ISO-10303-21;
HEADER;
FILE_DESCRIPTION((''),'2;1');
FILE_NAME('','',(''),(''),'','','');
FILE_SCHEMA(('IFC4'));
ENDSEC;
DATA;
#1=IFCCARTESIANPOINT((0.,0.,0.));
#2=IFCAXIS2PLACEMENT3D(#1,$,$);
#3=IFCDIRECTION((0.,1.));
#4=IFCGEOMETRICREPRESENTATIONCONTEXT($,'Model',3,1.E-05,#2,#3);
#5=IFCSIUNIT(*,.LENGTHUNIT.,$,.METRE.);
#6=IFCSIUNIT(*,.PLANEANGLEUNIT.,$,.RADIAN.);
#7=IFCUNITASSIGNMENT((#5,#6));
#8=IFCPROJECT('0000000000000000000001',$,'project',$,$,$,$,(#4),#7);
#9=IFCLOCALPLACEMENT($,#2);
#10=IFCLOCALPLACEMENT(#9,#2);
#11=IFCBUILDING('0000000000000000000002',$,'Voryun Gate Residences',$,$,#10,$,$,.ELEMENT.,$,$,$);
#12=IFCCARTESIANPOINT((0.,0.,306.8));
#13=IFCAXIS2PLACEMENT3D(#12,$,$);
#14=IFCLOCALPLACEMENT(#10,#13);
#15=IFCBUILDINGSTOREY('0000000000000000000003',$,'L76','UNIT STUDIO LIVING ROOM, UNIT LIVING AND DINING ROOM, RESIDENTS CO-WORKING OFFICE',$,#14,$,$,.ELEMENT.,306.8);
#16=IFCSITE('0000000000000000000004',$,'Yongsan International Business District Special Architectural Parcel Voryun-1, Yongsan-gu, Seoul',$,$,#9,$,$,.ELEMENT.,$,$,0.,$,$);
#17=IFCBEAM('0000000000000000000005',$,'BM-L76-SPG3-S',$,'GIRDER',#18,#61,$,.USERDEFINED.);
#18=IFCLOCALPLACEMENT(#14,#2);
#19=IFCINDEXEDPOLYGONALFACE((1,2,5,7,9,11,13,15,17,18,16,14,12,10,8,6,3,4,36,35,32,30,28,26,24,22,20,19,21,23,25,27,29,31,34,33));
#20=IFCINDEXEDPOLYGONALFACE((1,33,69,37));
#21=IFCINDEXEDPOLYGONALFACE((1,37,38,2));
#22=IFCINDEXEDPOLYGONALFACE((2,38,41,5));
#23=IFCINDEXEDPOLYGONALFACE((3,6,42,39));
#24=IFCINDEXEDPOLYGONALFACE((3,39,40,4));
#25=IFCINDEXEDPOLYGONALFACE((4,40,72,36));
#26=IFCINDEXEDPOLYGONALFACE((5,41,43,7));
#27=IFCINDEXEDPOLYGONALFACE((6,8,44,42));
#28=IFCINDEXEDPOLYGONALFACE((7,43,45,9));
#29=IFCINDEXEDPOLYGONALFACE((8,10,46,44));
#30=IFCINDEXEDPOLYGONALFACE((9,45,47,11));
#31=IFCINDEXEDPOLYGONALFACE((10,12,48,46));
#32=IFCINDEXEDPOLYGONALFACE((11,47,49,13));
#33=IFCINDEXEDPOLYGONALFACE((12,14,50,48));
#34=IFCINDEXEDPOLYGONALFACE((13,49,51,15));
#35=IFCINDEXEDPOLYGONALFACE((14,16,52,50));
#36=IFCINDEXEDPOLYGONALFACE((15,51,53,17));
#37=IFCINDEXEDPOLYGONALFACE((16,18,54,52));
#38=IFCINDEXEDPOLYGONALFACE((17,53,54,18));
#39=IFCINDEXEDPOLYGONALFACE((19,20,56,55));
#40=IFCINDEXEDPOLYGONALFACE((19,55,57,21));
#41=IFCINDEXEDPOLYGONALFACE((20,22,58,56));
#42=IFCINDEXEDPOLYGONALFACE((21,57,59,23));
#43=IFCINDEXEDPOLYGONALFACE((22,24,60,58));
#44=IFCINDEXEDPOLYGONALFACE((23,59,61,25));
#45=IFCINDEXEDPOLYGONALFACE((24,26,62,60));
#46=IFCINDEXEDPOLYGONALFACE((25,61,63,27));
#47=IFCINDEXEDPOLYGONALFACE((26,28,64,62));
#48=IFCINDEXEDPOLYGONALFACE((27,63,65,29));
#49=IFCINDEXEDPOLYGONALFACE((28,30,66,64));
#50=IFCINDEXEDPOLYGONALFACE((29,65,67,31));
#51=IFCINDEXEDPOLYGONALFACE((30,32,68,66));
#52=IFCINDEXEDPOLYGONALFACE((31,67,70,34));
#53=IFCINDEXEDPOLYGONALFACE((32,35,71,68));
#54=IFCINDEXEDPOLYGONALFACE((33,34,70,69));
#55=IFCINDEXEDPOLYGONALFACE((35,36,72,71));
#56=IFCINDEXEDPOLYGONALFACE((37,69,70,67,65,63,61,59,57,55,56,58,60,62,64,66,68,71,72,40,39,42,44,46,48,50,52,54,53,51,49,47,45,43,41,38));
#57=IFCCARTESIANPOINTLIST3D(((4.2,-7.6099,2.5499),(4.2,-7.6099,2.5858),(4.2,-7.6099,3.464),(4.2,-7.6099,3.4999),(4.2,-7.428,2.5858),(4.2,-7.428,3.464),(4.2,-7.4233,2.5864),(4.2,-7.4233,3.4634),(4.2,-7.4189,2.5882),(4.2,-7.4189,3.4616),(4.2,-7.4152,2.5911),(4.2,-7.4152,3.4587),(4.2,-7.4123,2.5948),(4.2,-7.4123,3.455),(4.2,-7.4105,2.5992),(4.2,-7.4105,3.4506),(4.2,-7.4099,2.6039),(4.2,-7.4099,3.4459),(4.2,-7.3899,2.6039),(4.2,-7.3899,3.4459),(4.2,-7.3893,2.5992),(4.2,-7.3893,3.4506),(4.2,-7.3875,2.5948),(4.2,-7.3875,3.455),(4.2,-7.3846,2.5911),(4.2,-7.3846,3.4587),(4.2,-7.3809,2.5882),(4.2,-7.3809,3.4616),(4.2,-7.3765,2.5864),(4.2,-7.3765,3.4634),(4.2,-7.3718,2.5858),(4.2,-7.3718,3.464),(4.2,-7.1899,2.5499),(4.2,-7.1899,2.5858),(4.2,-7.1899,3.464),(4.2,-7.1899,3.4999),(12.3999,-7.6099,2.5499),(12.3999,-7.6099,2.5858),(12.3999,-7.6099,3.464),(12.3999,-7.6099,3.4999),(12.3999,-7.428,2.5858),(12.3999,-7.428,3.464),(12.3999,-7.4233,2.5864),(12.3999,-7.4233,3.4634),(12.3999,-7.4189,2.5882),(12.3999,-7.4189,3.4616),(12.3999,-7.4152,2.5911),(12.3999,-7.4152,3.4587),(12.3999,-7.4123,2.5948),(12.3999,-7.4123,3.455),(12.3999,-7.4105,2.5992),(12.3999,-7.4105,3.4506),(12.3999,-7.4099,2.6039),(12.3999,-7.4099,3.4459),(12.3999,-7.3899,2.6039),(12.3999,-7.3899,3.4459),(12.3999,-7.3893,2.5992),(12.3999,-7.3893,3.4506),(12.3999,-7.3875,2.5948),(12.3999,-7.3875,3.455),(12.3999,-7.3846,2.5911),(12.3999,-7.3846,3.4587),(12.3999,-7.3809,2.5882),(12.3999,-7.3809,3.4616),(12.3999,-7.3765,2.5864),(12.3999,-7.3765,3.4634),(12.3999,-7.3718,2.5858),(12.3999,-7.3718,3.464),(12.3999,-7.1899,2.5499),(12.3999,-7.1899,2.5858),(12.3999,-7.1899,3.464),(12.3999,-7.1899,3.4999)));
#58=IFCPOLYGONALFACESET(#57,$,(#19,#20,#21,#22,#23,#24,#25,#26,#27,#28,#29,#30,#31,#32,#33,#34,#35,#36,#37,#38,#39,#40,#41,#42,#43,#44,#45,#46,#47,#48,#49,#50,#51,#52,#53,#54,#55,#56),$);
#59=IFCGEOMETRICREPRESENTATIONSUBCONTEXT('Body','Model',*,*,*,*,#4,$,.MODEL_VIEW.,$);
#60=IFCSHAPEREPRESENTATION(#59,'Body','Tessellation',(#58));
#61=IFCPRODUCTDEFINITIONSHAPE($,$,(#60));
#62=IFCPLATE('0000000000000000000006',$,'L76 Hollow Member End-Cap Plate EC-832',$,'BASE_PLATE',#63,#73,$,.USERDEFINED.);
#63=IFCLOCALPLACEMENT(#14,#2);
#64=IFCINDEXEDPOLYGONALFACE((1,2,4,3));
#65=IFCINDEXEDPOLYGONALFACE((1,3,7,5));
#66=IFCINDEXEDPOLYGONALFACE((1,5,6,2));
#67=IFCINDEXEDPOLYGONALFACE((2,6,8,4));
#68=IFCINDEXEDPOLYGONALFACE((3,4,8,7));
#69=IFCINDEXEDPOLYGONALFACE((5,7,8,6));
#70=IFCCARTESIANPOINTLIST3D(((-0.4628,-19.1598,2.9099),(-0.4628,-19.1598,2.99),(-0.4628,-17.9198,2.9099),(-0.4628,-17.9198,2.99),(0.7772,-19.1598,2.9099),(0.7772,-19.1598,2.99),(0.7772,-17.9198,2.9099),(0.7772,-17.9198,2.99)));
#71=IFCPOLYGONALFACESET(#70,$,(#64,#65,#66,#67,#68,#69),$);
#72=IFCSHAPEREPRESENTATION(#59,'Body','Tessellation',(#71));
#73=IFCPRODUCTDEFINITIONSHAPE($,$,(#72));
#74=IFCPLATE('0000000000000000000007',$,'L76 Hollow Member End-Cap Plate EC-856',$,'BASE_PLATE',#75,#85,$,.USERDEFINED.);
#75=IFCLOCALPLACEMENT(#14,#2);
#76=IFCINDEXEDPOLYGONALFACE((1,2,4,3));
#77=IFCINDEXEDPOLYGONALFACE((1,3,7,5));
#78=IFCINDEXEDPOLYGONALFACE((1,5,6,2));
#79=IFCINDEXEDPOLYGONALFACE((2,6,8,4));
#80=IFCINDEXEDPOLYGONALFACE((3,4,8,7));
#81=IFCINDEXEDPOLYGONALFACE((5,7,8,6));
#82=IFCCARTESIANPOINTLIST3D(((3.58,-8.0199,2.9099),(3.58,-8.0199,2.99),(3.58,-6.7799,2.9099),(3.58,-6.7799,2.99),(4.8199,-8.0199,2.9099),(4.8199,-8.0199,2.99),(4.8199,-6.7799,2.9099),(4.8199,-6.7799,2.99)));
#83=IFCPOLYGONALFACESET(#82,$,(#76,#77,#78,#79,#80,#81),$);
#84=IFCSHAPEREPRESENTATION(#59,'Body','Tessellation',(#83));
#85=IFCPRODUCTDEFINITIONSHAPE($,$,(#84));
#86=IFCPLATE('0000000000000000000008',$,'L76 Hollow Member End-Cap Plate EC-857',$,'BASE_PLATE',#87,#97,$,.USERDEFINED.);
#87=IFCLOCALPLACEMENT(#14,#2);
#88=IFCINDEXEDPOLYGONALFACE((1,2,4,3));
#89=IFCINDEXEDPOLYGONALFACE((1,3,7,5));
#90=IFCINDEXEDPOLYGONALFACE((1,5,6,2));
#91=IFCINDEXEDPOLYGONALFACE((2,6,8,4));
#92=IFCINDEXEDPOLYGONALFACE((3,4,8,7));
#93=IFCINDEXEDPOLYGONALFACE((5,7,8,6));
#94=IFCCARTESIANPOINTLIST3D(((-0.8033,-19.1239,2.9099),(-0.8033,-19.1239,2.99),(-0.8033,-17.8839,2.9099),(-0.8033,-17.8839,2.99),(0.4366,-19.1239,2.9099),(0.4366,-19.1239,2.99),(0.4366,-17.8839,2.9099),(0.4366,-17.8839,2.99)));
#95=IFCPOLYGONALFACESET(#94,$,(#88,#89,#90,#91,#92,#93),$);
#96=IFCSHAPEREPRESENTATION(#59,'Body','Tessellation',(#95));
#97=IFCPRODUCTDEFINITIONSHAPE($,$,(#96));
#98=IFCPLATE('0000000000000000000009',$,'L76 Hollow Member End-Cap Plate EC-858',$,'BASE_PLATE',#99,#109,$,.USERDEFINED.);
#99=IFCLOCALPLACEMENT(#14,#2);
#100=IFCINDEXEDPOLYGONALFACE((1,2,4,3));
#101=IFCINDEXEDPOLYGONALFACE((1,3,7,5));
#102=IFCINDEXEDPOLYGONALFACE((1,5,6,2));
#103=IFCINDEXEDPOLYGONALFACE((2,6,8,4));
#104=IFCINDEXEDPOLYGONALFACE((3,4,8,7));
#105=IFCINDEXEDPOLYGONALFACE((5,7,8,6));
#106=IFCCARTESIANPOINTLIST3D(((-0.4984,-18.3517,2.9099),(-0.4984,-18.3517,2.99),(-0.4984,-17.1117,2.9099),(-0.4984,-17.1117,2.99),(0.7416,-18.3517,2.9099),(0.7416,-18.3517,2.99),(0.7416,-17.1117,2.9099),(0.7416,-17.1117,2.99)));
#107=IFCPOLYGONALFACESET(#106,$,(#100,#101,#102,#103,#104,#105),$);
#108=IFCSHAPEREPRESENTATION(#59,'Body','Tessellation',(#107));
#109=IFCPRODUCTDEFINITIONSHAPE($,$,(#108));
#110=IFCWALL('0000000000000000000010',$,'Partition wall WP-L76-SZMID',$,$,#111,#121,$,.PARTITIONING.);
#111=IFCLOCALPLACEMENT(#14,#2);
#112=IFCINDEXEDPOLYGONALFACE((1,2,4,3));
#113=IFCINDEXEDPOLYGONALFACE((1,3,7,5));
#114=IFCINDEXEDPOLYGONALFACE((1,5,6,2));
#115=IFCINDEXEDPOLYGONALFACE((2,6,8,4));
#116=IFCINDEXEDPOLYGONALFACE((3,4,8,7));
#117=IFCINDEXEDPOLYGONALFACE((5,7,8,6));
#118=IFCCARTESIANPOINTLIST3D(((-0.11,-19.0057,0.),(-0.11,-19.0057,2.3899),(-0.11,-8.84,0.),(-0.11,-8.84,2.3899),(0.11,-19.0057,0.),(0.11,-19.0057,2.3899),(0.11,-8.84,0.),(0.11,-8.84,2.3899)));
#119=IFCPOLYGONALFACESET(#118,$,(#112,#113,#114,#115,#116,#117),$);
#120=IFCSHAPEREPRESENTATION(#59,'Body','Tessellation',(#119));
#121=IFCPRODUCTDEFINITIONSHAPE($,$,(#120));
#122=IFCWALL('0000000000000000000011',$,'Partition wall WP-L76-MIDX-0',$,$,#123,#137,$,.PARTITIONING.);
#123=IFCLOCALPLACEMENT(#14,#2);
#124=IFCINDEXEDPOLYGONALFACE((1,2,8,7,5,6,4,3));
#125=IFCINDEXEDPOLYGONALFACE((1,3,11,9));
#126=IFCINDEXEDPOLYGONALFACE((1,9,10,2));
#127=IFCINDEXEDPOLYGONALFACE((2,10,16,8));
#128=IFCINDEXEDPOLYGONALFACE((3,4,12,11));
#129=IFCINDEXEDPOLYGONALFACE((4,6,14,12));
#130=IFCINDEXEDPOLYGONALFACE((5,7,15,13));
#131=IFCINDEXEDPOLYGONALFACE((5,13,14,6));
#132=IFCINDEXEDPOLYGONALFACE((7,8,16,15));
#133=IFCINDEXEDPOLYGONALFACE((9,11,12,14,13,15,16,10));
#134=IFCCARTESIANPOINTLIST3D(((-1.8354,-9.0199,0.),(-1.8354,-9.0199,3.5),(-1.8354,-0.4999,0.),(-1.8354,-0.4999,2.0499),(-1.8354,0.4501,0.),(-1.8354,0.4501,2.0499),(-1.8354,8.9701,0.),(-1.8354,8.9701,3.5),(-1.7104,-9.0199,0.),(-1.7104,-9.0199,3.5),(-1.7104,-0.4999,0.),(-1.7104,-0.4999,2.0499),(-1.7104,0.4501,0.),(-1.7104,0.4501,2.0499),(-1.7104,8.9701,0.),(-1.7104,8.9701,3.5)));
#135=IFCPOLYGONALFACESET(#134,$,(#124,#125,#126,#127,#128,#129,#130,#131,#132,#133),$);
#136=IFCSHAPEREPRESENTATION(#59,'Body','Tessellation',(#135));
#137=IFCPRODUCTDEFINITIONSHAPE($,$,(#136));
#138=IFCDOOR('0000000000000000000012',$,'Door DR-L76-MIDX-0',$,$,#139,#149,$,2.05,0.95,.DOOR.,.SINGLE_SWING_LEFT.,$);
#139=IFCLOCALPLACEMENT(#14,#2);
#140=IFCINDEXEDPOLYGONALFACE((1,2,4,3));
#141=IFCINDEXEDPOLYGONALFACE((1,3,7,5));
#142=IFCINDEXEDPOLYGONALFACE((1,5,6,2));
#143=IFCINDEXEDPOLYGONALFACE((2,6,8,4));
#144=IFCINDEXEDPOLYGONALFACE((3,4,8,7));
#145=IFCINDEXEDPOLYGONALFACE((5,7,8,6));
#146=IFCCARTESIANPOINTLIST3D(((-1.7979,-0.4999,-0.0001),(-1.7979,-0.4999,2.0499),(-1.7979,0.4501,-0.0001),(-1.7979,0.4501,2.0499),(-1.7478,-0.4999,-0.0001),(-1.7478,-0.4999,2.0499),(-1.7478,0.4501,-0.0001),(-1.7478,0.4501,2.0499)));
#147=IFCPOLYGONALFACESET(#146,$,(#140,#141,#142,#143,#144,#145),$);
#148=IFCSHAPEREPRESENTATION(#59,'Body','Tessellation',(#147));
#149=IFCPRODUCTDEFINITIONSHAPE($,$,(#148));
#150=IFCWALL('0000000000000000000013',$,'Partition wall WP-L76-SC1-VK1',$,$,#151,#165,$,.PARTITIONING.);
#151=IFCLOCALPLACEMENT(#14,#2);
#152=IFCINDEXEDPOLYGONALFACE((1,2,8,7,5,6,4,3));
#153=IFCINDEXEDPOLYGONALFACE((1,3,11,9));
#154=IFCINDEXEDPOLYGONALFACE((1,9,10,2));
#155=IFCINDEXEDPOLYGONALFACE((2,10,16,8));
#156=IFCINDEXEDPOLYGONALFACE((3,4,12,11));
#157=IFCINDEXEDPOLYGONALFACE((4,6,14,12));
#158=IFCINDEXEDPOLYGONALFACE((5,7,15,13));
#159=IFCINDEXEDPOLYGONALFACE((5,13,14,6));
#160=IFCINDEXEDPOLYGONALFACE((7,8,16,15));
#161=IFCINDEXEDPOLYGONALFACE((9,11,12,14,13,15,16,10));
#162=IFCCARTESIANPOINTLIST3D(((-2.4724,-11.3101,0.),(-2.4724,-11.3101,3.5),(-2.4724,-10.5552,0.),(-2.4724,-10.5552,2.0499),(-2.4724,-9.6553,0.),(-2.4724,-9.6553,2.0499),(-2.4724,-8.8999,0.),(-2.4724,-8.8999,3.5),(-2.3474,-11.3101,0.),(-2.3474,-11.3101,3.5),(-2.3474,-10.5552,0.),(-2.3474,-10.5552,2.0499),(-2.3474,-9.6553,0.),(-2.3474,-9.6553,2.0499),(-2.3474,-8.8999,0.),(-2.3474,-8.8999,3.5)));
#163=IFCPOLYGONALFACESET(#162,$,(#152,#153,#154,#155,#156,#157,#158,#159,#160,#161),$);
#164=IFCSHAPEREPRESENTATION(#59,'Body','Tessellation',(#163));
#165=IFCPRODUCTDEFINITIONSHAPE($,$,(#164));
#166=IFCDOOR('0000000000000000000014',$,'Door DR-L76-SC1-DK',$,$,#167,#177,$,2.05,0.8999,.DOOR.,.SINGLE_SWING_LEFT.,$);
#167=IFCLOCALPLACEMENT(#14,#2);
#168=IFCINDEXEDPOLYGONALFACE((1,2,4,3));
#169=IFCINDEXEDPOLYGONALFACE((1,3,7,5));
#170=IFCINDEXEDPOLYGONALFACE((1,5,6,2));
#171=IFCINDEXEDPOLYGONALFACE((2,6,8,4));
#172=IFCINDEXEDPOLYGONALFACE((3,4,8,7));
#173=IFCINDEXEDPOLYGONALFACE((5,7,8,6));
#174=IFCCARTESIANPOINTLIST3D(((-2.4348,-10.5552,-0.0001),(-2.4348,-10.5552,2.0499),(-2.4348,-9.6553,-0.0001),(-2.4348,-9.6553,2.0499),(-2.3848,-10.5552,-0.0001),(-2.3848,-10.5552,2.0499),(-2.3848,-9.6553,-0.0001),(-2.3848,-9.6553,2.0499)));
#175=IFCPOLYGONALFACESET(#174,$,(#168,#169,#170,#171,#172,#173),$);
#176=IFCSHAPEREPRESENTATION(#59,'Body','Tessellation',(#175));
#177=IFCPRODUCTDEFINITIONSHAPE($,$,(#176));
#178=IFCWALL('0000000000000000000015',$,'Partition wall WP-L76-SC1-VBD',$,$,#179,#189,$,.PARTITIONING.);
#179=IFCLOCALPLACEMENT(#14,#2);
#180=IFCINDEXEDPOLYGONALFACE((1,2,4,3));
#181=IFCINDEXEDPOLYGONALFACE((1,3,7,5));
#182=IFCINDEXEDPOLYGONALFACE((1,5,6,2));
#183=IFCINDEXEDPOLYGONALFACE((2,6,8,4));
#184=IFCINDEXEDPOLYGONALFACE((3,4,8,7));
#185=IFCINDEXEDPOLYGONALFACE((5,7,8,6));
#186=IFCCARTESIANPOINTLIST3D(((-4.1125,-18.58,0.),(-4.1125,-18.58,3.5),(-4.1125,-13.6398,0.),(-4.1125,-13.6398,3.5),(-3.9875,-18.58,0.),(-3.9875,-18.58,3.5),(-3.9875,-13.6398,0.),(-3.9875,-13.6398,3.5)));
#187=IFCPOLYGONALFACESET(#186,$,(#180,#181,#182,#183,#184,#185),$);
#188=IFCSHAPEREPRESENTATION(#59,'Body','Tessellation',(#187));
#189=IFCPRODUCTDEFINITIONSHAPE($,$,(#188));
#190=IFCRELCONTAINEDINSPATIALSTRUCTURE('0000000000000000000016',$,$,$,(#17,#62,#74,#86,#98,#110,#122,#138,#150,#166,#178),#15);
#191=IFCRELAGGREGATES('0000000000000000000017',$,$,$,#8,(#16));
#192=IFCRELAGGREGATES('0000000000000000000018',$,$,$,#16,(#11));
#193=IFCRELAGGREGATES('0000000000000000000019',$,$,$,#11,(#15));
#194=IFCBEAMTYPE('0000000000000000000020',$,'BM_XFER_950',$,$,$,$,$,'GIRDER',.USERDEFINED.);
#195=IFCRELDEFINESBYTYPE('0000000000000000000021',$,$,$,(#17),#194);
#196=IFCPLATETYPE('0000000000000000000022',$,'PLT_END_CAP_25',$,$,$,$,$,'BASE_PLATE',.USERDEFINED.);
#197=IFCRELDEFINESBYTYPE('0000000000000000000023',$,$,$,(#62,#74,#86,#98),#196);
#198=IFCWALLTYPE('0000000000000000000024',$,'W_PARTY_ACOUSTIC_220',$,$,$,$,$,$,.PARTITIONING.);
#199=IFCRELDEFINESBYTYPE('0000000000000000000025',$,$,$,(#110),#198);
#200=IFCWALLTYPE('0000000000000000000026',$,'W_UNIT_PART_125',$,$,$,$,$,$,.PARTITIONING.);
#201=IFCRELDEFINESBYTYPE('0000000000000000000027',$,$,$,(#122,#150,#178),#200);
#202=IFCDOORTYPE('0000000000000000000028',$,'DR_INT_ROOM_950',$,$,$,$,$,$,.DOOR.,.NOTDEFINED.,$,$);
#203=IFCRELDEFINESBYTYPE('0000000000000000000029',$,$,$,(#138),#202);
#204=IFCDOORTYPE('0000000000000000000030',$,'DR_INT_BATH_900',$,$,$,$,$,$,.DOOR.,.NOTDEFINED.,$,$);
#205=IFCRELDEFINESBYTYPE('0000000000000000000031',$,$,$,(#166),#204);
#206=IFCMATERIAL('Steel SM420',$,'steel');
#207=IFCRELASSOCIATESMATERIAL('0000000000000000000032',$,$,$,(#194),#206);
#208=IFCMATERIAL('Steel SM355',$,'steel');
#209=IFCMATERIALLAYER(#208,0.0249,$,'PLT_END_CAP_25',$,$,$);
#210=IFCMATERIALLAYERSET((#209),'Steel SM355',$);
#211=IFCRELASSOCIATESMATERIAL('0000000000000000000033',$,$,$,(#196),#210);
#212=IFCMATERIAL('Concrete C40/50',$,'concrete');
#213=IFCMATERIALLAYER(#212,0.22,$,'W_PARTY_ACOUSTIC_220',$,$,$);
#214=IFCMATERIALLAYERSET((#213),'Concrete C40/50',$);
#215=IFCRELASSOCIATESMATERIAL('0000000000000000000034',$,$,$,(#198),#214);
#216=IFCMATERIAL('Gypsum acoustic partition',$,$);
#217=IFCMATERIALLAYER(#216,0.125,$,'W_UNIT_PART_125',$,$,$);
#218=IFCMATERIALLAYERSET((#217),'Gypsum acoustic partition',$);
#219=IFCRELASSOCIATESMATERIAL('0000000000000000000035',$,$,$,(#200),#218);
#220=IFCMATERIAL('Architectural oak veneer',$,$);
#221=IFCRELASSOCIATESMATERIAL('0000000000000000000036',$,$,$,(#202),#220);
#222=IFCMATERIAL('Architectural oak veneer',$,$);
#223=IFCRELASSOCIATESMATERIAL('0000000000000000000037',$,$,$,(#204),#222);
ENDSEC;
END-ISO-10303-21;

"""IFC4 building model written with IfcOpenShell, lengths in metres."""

from ifc_helpers import new_model, si_unit, direction, frame, frame_2d, origin, origin_2d, place, context, subcontext, project, spatial, rectangle, i_section, extrude, material, layer, layer_set, material_profile, profile_set, type_object, element, fill, save


model = new_model("IFC4")

# Units and contexts
model_context = context("Model", 3, precision=1e-05, world=origin(), true_north=direction((0.0, 1.0)))
body_context = subcontext(model_context, "Body", "Model", "MODEL_VIEW")
ifc_project = project(units=[si_unit("LENGTHUNIT", "METRE"), si_unit("PLANEANGLEUNIT", "RADIAN")], contexts=[model_context])

# Site, building, storey
site_placement = place(None, origin())
site = spatial("IfcSite", under=ifc_project, at=site_placement, Name="Yongsan International Business District Special Architectural Parcel Voryun-1, Yongsan-gu, Seoul", CompositionType="ELEMENT", RefElevation=0.0)
building_placement = place(site_placement, origin())
building = spatial("IfcBuilding", under=site, at=building_placement, Name="Voryun Gate Residences", CompositionType="ELEMENT")
storey_placement = place(building_placement, frame((0.0, 0.0, 306.8)))
storey = spatial("IfcBuildingStorey", under=building, at=storey_placement, Name="L76", Description="UNIT STUDIO LIVING ROOM, UNIT LIVING AND DINING ROOM, RESIDENTS CO-WORKING OFFICE", CompositionType="ELEMENT", Elevation=306.8)

# Beam
ifc_material_1 = material(Name="Steel SM420", Category="steel")
ifc_material_profile_1 = material_profile(ifc_material_1, i_section(OverallWidth=0.4199, OverallDepth=0.95, WebThickness=0.02, FlangeThickness=0.0359, FilletRadius=0.0181, at=origin_2d()), Name="H-950x420x20x36")
ifc_profile_set_1 = profile_set([ifc_material_profile_1], Name="Steel SM420")
beam_type_1 = type_object("IfcBeamType", Name="BM_XFER_950", ElementType="GIRDER", PredefinedType="USERDEFINED", material=ifc_profile_set_1)
beam_1_placement = place(storey_placement, frame((4.2, -7.3999, 3.0249), z_axis=(1.0, 0.0, 0.0), x_axis=(0.0, 1.0, 0.0)))
element("IfcBeam", 1, at=beam_1_placement, inside=storey, type_object=beam_type_1, Name="BM-L76-SPG3-S", ObjectType="GIRDER", PredefinedType="USERDEFINED", context=body_context, shape_type="SweptSolid", body=[
    extrude(i_section(OverallWidth=0.4199, OverallDepth=0.95, WebThickness=0.02, FlangeThickness=0.0359, FilletRadius=0.0181, at=origin_2d()), origin(), (0.0, 0.0, 1.0), 8.2),
])

# Plates
ifc_material_2 = material(Name="Steel SM355", Category="steel")
ifc_layer_1 = layer(ifc_material_2, 0.0249, Name="PLT_END_CAP_25")
ifc_layer_set_1 = layer_set([ifc_layer_1], Name="Steel SM355")
plate_type = type_object("IfcPlateType", Name="PLT_END_CAP_25", ElementType="BASE_PLATE", PredefinedType="USERDEFINED", material=ifc_layer_set_1)
for number, where, z_axis, x_axis, name in (
    (2, (0.1572, -18.5398, 2.9099), (0.0, 0.0, 1.0), (1.0, 0.0, 0.0), "L76 Hollow Member End-Cap Plate EC-832"),
    (3, (4.2, -7.3999, 2.9099), (0.0, 0.0, 1.0), (1.0, 0.0, 0.0), "L76 Hollow Member End-Cap Plate EC-856"),
    (4, (-0.1833, -18.5039, 2.9099), (0.0, 0.0, 1.0), (1.0, 0.0, 0.0), "L76 Hollow Member End-Cap Plate EC-857"),
    (5, (0.1216, -17.7317, 2.9099), (0.0, 0.0, 1.0), (1.0, 0.0, 0.0), "L76 Hollow Member End-Cap Plate EC-858"),
):
    element("IfcPlate", number, at=place(storey_placement, frame(where, z_axis=z_axis, x_axis=x_axis)), inside=storey, type_object=plate_type, Name=name, ObjectType="BASE_PLATE", PredefinedType="USERDEFINED", context=body_context, shape_type="SweptSolid", body=[
        extrude(rectangle(XDim=1.24, YDim=1.24, at=origin_2d()), origin(), (0.0, 0.0, 1.0), 0.0801),
    ])

# Wall
ifc_material_3 = material(Name="Concrete C40/50", Category="concrete")
ifc_layer_2 = layer(ifc_material_3, 0.22, Name="W_PARTY_ACOUSTIC_220")
ifc_layer_set_2 = layer_set([ifc_layer_2], Name="Concrete C40/50")
wall_type_1 = type_object("IfcWallType", Name="W_PARTY_ACOUSTIC_220", PredefinedType="PARTITIONING", material=ifc_layer_set_2)
wall_1_placement = place(storey_placement, frame((0.0, -19.0059, 0.0), z_axis=(0.0, 0.0, 1.0), x_axis=(0.0, 1.0, 0.0)))
element("IfcWall", 6, at=wall_1_placement, inside=storey, type_object=wall_type_1, Name="Partition wall WP-L76-SZMID", PredefinedType="PARTITIONING", context=body_context, shape_type="SweptSolid", body=[
    extrude(rectangle(XDim=10.1658, YDim=0.22, at=frame_2d((5.083, 0.0))), origin(), (0.0, 0.0, 1.0), 2.3899),
])

# Walls, openings, doors
ifc_material_4 = material(Name="Gypsum acoustic partition")
ifc_layer_3 = layer(ifc_material_4, 0.125, Name="W_UNIT_PART_125")
ifc_layer_set_3 = layer_set([ifc_layer_3], Name="Gypsum acoustic partition")
wall_type_2 = type_object("IfcWallType", Name="W_UNIT_PART_125", PredefinedType="PARTITIONING", material=ifc_layer_set_3)
wall_2_placement = place(storey_placement, frame((-1.7729, -9.02, 0.0), z_axis=(0.0, 0.0, 1.0), x_axis=(0.0, 1.0, 0.0)))
wall_2 = element("IfcWall", 7, at=wall_2_placement, inside=storey, type_object=wall_type_2, Name="Partition wall WP-L76-MIDX-0", PredefinedType="PARTITIONING", context=body_context, shape_type="SweptSolid", body=[
    extrude(rectangle(XDim=17.99, YDim=0.125, at=frame_2d((8.9951, 0.0))), origin(), (0.0, 0.0, 1.0), 3.5),
])
opening_1_placement = place(wall_2_placement, frame((8.52, 0.0, 0.0)))
opening_1 = element("IfcOpeningElement", 8, at=opening_1_placement, cuts=wall_2, PredefinedType="OPENING", context=body_context, shape_type="SweptSolid", body=[
    extrude(rectangle(XDim=0.95, YDim=2.05, at=frame_2d((0.4751, 1.0249))), frame((0.0, 0.0725, 0.0), z_axis=(0.0, -1.0, 0.0), x_axis=(1.0, 0.0, 0.0)), (0.0, 0.0, 1.0), 0.145),
])
ifc_material_5 = material(Name="Architectural oak veneer")
door_type_1 = type_object("IfcDoorType", Name="DR_INT_ROOM_950", OperationType="NOTDEFINED", PredefinedType="DOOR", material=ifc_material_5)
door_1_placement = place(opening_1_placement, origin())
door_1 = element("IfcDoor", 9, at=door_1_placement, inside=storey, type_object=door_type_1, Name="Door DR-L76-MIDX-0", OperationType="SINGLE_SWING_LEFT", OverallHeight=2.05, OverallWidth=0.95, PredefinedType="DOOR", context=body_context, shape_type="SweptSolid", body=[
    extrude(rectangle(XDim=0.95, YDim=2.05, at=frame_2d((0.4751, 1.0249))), frame((0.0, 0.0249, 0.0), z_axis=(0.0, -1.0, 0.0), x_axis=(1.0, 0.0, 0.0)), (0.0, 0.0, 1.0), 0.05),
])
fill(opening_1, door_1)
wall_3_placement = place(storey_placement, frame((-2.4099, -11.3101, 0.0), z_axis=(0.0, 0.0, 1.0), x_axis=(0.0, 1.0, 0.0)))
wall_3 = element("IfcWall", 10, at=wall_3_placement, inside=storey, type_object=wall_type_2, Name="Partition wall WP-L76-SC1-VK1", PredefinedType="PARTITIONING", context=body_context, shape_type="SweptSolid", body=[
    extrude(rectangle(XDim=2.4102, YDim=0.125, at=frame_2d((1.2051, 0.0))), origin(), (0.0, 0.0, 1.0), 3.5),
])
opening_2_placement = place(wall_3_placement, frame((0.7549, 0.0, 0.0)))
opening_2 = element("IfcOpeningElement", 11, at=opening_2_placement, cuts=wall_3, PredefinedType="OPENING", context=body_context, shape_type="SweptSolid", body=[
    extrude(rectangle(XDim=0.8999, YDim=2.05, at=frame_2d((0.45, 1.0249))), frame((0.0, 0.0725, 0.0), z_axis=(0.0, -1.0, 0.0), x_axis=(1.0, 0.0, 0.0)), (0.0, 0.0, 1.0), 0.145),
])
ifc_material_6 = material(Name="Architectural oak veneer")
door_type_2 = type_object("IfcDoorType", Name="DR_INT_BATH_900", OperationType="NOTDEFINED", PredefinedType="DOOR", material=ifc_material_6)
door_2_placement = place(opening_2_placement, origin())
door_2 = element("IfcDoor", 12, at=door_2_placement, inside=storey, type_object=door_type_2, Name="Door DR-L76-SC1-DK", OperationType="SINGLE_SWING_LEFT", OverallHeight=2.05, OverallWidth=0.8999, PredefinedType="DOOR", context=body_context, shape_type="SweptSolid", body=[
    extrude(rectangle(XDim=0.8999, YDim=2.05, at=frame_2d((0.45, 1.0249))), frame((0.0, 0.0249, 0.0), z_axis=(0.0, -1.0, 0.0), x_axis=(1.0, 0.0, 0.0)), (0.0, 0.0, 1.0), 0.05),
])
fill(opening_2, door_2)

# Wall
wall_4_placement = place(storey_placement, frame((-4.05, -18.5801, 0.0), z_axis=(0.0, 0.0, 1.0), x_axis=(0.0, 1.0, 0.0)))
element("IfcWall", 13, at=wall_4_placement, inside=storey, type_object=wall_type_2, Name="Partition wall WP-L76-SC1-VBD", PredefinedType="PARTITIONING", context=body_context, shape_type="SweptSolid", body=[
    extrude(rectangle(XDim=4.9402, YDim=0.125, at=frame_2d((2.4702, 0.0))), origin(), (0.0, 0.0, 1.0), 3.5),
])

save(model, "model.ifc")
